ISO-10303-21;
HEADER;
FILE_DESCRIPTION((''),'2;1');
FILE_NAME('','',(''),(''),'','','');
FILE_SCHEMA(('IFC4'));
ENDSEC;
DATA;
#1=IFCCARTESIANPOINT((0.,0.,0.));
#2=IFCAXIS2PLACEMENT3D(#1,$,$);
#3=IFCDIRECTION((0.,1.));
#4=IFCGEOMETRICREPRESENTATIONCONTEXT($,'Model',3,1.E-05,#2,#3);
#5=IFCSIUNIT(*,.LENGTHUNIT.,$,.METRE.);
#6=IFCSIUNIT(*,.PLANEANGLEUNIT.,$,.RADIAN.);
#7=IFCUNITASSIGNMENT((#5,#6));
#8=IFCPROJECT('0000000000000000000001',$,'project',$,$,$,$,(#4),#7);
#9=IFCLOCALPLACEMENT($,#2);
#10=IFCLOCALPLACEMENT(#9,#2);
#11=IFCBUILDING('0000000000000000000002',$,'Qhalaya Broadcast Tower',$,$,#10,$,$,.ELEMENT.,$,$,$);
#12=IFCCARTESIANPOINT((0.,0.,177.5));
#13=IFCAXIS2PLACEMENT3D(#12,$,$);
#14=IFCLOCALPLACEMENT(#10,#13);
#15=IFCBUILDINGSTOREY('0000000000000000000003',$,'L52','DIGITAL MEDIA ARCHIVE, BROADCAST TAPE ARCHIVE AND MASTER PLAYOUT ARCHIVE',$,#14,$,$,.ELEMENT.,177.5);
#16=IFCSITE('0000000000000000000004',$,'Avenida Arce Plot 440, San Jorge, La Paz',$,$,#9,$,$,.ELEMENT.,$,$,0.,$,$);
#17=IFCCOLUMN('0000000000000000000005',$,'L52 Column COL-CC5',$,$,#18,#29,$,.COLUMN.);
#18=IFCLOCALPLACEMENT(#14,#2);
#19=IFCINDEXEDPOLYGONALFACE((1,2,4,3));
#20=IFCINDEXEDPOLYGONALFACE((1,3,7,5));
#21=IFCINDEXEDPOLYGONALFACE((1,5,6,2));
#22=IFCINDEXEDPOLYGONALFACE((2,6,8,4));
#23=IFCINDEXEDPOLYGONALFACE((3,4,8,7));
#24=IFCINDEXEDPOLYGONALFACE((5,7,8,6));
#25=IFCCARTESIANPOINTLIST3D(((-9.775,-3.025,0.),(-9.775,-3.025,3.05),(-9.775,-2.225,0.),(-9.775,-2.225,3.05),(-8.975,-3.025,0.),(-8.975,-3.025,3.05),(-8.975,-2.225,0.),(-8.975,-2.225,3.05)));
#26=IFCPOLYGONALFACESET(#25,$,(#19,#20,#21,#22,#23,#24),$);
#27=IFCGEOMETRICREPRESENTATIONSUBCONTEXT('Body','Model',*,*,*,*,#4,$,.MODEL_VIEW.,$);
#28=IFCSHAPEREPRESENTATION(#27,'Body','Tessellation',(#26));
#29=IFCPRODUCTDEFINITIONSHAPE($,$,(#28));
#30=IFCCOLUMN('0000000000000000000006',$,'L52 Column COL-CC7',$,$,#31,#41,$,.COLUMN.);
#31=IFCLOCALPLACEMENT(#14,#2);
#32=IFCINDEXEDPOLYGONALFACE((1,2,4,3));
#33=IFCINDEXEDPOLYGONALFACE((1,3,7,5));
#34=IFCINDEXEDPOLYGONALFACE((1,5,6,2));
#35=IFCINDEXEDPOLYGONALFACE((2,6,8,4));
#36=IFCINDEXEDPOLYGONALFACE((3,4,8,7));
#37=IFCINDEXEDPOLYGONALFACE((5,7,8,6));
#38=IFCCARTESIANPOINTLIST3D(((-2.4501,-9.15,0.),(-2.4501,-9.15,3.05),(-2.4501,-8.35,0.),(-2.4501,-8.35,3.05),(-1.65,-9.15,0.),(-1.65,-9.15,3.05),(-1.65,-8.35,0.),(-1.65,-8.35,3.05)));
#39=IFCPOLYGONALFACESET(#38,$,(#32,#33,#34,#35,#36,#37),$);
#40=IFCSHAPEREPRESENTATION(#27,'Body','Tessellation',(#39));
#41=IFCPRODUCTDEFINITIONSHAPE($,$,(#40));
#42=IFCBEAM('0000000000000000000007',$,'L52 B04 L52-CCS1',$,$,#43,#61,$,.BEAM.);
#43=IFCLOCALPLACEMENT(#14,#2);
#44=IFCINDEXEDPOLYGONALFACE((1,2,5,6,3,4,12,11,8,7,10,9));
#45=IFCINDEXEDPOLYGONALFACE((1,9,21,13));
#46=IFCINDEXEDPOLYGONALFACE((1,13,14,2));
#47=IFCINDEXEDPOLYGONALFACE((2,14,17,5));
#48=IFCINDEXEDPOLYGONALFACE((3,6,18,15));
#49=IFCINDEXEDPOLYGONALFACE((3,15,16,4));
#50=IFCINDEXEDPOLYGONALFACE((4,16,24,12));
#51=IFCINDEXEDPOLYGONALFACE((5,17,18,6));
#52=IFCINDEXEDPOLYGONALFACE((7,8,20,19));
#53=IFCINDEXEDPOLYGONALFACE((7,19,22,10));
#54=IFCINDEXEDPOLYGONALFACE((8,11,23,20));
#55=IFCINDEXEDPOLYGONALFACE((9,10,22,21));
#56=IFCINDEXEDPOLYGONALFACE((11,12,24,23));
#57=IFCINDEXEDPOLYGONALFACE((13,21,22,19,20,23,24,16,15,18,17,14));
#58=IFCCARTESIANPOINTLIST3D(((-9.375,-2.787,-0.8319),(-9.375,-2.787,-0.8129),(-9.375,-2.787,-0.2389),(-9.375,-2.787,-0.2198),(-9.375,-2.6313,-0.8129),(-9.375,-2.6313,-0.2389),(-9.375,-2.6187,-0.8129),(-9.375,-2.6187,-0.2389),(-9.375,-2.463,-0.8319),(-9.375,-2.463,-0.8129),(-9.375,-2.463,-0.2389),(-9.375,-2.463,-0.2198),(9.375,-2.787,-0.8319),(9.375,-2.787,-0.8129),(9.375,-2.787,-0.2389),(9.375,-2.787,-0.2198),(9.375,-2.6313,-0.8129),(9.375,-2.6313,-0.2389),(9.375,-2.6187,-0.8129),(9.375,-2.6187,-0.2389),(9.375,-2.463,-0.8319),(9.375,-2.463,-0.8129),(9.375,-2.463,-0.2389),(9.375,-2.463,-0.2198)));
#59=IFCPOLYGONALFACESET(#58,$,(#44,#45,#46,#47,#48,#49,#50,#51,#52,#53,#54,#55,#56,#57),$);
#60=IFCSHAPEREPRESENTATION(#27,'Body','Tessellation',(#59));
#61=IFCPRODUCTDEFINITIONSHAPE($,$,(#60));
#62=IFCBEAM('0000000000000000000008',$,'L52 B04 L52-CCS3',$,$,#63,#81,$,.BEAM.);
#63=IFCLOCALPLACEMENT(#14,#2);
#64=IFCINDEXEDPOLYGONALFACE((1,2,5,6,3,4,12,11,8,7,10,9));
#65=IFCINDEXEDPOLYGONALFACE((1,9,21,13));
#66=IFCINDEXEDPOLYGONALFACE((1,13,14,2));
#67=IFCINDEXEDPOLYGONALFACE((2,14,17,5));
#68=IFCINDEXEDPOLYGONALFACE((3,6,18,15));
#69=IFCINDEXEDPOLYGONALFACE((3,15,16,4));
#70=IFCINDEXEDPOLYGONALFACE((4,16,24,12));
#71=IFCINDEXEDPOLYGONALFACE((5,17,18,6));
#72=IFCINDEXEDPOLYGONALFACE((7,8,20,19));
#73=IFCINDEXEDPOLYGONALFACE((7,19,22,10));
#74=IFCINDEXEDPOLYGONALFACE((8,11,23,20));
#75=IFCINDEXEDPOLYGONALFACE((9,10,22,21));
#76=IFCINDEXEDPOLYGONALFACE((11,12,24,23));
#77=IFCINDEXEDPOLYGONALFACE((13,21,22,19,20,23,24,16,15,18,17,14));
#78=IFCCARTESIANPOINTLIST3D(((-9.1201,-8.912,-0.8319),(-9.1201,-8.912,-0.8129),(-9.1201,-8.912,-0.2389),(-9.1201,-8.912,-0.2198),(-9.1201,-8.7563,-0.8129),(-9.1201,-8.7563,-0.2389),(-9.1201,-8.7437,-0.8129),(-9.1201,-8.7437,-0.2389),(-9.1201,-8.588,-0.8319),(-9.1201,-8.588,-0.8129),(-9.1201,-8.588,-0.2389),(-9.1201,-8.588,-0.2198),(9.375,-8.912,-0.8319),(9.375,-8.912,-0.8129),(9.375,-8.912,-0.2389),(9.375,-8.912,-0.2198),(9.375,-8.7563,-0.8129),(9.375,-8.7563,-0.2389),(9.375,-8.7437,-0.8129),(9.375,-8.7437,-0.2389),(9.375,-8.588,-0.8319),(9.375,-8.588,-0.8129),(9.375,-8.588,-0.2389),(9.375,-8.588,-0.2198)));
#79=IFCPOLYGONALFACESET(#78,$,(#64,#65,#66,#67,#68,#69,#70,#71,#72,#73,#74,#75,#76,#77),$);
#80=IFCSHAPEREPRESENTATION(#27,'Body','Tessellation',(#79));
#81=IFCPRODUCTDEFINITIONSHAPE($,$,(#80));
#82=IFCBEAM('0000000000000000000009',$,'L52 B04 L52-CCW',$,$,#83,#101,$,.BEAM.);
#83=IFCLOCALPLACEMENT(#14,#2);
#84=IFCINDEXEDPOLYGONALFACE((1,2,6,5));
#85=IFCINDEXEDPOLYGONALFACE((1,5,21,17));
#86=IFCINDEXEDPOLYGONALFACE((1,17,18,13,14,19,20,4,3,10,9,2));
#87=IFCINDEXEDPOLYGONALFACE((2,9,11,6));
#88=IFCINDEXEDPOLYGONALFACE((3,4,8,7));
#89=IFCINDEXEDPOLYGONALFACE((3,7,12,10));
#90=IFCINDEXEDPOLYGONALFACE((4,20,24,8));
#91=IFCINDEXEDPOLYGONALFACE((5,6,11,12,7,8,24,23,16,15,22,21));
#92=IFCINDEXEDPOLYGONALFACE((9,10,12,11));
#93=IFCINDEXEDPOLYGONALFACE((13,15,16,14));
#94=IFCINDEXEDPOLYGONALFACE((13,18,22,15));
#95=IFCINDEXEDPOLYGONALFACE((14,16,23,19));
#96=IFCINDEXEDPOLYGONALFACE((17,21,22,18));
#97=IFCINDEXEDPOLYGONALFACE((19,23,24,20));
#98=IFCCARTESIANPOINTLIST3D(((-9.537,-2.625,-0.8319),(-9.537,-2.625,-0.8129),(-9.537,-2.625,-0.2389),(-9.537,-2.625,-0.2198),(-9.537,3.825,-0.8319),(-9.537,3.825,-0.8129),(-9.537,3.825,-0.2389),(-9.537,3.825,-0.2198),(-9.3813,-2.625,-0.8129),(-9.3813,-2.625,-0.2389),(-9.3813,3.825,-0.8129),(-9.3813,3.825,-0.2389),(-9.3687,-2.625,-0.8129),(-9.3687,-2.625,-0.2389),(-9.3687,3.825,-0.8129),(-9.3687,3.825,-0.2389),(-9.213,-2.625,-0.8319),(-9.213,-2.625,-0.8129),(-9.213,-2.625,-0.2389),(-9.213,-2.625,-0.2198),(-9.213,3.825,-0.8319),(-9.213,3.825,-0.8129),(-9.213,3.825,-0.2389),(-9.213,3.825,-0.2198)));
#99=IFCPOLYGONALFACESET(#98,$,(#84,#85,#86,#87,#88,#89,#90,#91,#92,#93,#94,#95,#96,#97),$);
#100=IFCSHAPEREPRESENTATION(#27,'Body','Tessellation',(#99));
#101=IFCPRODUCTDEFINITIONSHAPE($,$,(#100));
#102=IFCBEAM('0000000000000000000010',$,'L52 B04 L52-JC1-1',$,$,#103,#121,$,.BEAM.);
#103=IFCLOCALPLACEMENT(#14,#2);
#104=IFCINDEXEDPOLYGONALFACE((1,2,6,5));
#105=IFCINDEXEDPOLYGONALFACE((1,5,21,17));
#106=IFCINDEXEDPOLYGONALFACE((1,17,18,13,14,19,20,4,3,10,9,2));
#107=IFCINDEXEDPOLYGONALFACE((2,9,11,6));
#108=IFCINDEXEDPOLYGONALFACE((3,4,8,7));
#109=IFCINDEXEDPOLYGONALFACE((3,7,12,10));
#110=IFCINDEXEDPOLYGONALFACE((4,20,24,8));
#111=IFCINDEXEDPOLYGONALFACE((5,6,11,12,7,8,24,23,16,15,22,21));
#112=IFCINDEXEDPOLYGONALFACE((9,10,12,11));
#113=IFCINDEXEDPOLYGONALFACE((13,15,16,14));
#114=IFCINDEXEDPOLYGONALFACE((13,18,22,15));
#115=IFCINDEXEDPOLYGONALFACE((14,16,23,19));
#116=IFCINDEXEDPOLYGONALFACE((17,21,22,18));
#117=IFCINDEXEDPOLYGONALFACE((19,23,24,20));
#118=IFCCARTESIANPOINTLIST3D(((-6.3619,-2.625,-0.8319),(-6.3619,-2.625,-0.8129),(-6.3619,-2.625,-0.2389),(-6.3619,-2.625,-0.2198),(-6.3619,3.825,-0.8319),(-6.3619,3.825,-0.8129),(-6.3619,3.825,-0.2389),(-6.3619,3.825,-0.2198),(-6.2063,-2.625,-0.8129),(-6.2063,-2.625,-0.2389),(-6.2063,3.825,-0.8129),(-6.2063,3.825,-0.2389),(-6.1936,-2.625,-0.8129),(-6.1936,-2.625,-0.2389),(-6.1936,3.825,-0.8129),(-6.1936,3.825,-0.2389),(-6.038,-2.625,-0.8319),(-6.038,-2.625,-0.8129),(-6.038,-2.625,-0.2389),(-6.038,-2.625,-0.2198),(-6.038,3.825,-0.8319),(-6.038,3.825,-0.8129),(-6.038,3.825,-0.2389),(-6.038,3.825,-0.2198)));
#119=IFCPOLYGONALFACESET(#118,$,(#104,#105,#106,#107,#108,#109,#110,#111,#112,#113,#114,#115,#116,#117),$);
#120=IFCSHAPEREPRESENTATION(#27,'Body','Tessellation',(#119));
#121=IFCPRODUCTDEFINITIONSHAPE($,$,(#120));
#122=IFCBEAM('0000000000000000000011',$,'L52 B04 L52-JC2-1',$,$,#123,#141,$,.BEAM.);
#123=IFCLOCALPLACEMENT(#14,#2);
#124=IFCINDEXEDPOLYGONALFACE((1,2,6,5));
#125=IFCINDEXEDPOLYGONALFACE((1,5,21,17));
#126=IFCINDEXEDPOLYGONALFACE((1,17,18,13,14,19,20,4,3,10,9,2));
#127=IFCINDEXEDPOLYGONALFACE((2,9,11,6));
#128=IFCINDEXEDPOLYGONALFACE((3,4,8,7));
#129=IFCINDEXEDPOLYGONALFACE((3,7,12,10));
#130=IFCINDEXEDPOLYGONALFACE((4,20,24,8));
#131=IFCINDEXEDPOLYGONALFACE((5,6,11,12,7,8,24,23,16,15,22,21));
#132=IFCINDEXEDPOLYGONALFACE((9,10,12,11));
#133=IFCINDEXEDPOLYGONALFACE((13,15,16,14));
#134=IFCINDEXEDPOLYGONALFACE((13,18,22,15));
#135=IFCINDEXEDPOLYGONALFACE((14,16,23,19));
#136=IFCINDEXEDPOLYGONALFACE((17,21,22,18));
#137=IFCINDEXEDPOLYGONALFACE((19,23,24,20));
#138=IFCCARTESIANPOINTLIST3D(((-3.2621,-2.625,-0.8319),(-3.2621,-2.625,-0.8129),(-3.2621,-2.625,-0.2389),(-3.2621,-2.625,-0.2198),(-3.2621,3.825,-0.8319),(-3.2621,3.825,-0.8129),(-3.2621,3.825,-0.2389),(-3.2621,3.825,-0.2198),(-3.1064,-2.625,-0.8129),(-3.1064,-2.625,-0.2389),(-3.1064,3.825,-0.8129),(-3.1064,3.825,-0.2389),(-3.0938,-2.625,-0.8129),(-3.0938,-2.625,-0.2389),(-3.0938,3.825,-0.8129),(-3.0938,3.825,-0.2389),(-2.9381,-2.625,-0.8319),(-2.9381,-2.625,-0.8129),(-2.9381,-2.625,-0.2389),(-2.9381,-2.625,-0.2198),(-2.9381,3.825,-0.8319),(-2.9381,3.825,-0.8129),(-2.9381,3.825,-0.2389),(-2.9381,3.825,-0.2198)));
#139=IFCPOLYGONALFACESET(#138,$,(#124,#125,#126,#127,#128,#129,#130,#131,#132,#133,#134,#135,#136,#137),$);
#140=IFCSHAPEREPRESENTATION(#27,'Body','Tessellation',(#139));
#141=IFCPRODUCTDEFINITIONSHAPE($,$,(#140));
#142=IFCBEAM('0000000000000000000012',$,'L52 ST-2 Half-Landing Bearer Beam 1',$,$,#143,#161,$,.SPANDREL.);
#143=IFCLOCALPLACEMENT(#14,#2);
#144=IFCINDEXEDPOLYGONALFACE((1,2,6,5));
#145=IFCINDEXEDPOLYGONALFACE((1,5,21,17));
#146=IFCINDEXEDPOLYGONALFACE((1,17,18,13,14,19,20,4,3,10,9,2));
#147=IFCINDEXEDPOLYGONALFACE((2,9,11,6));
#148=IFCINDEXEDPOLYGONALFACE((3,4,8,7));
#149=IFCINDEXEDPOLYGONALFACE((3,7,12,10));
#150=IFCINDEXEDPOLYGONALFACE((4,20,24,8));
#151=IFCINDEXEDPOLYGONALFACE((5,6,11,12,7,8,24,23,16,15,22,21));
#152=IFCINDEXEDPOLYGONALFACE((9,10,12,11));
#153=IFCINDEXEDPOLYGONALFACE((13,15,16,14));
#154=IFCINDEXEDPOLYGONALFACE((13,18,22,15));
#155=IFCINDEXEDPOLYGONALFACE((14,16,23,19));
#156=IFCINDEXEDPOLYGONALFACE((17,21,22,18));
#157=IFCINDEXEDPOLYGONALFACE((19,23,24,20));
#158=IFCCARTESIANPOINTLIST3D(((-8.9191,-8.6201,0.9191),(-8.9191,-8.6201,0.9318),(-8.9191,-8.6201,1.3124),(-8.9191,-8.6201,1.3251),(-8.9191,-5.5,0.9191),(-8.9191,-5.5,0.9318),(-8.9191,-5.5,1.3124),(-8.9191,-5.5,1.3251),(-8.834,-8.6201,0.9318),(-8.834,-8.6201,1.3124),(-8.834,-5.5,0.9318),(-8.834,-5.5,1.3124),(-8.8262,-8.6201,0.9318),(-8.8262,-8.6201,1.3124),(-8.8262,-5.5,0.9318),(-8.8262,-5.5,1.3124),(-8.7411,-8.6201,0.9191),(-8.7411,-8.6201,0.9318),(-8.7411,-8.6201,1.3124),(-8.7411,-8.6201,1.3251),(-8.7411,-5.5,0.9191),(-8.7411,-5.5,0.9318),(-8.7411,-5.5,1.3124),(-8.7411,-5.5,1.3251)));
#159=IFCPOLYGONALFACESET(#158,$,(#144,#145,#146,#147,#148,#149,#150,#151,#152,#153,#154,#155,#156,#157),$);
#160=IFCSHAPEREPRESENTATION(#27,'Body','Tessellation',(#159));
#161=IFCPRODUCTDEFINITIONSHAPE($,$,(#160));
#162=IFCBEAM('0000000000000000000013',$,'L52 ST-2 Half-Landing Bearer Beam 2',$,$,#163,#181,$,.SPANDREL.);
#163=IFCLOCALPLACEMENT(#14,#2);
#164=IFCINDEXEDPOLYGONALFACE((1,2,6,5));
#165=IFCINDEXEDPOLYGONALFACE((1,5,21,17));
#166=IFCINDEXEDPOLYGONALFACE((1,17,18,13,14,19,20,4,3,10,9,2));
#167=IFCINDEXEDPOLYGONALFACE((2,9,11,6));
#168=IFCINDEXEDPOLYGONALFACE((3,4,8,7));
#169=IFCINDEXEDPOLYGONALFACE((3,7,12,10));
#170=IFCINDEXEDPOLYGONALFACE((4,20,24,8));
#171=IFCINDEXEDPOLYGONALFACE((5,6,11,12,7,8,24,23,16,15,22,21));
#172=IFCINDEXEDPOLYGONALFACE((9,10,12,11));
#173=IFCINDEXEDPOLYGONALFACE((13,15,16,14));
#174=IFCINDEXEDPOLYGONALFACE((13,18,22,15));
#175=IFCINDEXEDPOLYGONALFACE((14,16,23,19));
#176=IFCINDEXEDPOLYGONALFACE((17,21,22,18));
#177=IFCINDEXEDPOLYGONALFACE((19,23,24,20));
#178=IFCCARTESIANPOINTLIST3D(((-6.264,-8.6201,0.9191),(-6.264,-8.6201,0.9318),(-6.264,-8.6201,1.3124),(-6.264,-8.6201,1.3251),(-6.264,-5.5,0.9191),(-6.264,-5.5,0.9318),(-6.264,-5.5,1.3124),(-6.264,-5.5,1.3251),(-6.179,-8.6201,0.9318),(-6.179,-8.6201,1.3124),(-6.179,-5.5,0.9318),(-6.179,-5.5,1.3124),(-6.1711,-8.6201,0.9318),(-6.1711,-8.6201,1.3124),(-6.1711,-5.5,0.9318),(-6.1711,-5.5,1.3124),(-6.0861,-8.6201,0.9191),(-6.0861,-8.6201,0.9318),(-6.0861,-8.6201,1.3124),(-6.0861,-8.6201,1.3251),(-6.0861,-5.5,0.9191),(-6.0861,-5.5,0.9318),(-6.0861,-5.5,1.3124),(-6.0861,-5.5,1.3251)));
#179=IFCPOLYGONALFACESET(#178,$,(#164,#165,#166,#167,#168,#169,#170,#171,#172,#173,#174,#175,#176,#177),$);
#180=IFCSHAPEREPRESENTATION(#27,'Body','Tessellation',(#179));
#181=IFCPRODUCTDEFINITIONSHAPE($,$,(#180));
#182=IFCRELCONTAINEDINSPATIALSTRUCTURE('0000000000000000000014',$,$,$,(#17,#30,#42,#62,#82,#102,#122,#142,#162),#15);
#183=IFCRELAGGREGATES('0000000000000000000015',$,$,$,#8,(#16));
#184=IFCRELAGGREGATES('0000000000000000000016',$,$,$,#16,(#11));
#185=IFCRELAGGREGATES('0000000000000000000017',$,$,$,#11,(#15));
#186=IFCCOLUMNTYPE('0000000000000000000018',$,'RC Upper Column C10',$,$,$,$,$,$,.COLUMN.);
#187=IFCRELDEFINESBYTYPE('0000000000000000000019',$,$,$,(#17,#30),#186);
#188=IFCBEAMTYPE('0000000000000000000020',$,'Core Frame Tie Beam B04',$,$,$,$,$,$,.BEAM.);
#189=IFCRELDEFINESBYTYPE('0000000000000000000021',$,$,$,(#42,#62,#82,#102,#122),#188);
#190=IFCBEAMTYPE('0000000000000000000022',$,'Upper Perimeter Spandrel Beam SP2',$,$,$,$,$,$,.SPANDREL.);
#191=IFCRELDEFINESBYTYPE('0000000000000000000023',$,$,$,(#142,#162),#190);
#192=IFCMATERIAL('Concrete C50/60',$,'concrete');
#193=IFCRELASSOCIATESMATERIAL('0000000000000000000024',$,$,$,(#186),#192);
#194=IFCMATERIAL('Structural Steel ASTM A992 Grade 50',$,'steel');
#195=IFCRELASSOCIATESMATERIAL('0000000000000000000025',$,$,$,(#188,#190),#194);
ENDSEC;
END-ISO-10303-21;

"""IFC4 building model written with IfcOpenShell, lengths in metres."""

from ifc_helpers import new_model, si_unit, direction, frame, origin, origin_2d, place, context, subcontext, project, spatial, rectangle, i_section, extrude, material, material_profile, profile_set, type_object, element, save


model = new_model("IFC4")

# Units and contexts
model_context = context("Model", 3, precision=1e-05, world=origin(), true_north=direction((0.0, 1.0)))
body_context = subcontext(model_context, "Body", "Model", "MODEL_VIEW")
ifc_project = project(units=[si_unit("LENGTHUNIT", "METRE"), si_unit("PLANEANGLEUNIT", "RADIAN")], contexts=[model_context])

# Site, building, storey
site_placement = place(None, origin())
site = spatial("IfcSite", under=ifc_project, at=site_placement, Name="Avenida Arce Plot 440, San Jorge, La Paz", CompositionType="ELEMENT", RefElevation=0.0)
building_placement = place(site_placement, origin())
building = spatial("IfcBuilding", under=site, at=building_placement, Name="Qhalaya Broadcast Tower", CompositionType="ELEMENT")
storey_placement = place(building_placement, frame((0.0, 0.0, 177.5)))
storey = spatial("IfcBuildingStorey", under=building, at=storey_placement, Name="L52", Description="DIGITAL MEDIA ARCHIVE, BROADCAST TAPE ARCHIVE AND MASTER PLAYOUT ARCHIVE", CompositionType="ELEMENT", Elevation=177.5)

# Columns
ifc_material_1 = material(Name="Concrete C50/60", Category="concrete")
ifc_material_profile_1 = material_profile(ifc_material_1, rectangle(XDim=0.8, YDim=0.8, at=origin_2d()), Name="RC-COL 800x800")
ifc_profile_set_1 = profile_set([ifc_material_profile_1], Name="Concrete C50/60")
column_type = type_object("IfcColumnType", Name="RC Upper Column C10", PredefinedType="COLUMN", material=ifc_profile_set_1)
for number, where, z_axis, x_axis, name in (
    (1, (-9.375, -2.625, 0.0), (0.0, 0.0, 1.0), (1.0, 0.0, 0.0), "L52 Column COL-CC5"),
    (2, (-2.05, -8.75, 0.0), (0.0, 0.0, 1.0), (1.0, 0.0, 0.0), "L52 Column COL-CC7"),
):
    element("IfcColumn", number, at=place(storey_placement, frame(where, z_axis=z_axis, x_axis=x_axis)), inside=storey, type_object=column_type, Name=name, PredefinedType="COLUMN", context=body_context, shape_type="SweptSolid", body=[
        extrude(rectangle(XDim=0.8, YDim=0.8, at=origin_2d()), origin(), (0.0, 0.0, 1.0), 3.05),
    ])

# Beams
ifc_material_2 = material(Name="Structural Steel ASTM A992 Grade 50", Category="steel")
ifc_material_profile_2 = material_profile(ifc_material_2, i_section(OverallWidth=0.324, OverallDepth=0.6121, WebThickness=0.0127, FlangeThickness=0.019, at=origin_2d()), Name="W24X104")
ifc_profile_set_2 = profile_set([ifc_material_profile_2], Name="Structural Steel ASTM A992 Grade 50")
beam_type_1 = type_object("IfcBeamType", Name="Core Frame Tie Beam B04", PredefinedType="BEAM", material=ifc_profile_set_2)
beam_1_placement = place(storey_placement, frame((-9.375, -2.625, -0.5259), z_axis=(1.0, 0.0, 0.0), x_axis=(0.0, 1.0, 0.0)))
element("IfcBeam", 3, at=beam_1_placement, inside=storey, type_object=beam_type_1, Name="L52 B04 L52-CCS1", PredefinedType="BEAM", context=body_context, shape_type="SweptSolid", body=[
    extrude(i_section(OverallWidth=0.324, OverallDepth=0.6121, WebThickness=0.0127, FlangeThickness=0.019, at=origin_2d()), origin(), (0.0, 0.0, 1.0), 18.75),
])
beam_2_placement = place(storey_placement, frame((-9.1201, -8.75, -0.5259), z_axis=(1.0, 0.0, 0.0), x_axis=(0.0, 1.0, 0.0)))
element("IfcBeam", 4, at=beam_2_placement, inside=storey, type_object=beam_type_1, Name="L52 B04 L52-CCS3", PredefinedType="BEAM", context=body_context, shape_type="SweptSolid", body=[
    extrude(i_section(OverallWidth=0.324, OverallDepth=0.6121, WebThickness=0.0127, FlangeThickness=0.019, at=origin_2d()), origin(), (0.0, 0.0, 1.0), 18.4951),
])
for number, where, z_axis, x_axis, name in (
    (5, (-9.375, -2.625, -0.5259), (0.0, 1.0, 0.0), (-1.0, 0.0, 0.0), "L52 B04 L52-CCW"),
    (6, (-6.2, -2.625, -0.5259), (0.0, 1.0, 0.0), (-1.0, 0.0, 0.0), "L52 B04 L52-JC1-1"),
    (7, (-3.1001, -2.625, -0.5259), (0.0, 1.0, 0.0), (-1.0, 0.0, 0.0), "L52 B04 L52-JC2-1"),
):
    element("IfcBeam", number, at=place(storey_placement, frame(where, z_axis=z_axis, x_axis=x_axis)), inside=storey, type_object=beam_type_1, Name=name, PredefinedType="BEAM", context=body_context, shape_type="SweptSolid", body=[
        extrude(i_section(OverallWidth=0.324, OverallDepth=0.6121, WebThickness=0.0127, FlangeThickness=0.019, at=origin_2d()), origin(), (0.0, 0.0, 1.0), 6.45),
    ])
ifc_material_profile_3 = material_profile(ifc_material_2, i_section(OverallWidth=0.178, OverallDepth=0.406, WebThickness=0.0078, FlangeThickness=0.0127, at=origin_2d()), Name="W16X40")
ifc_profile_set_3 = profile_set([ifc_material_profile_3], Name="Structural Steel ASTM A992 Grade 50")
beam_type_2 = type_object("IfcBeamType", Name="Upper Perimeter Spandrel Beam SP2", PredefinedType="SPANDREL", material=ifc_profile_set_3)
for number, where, z_axis, x_axis, name in (
    (8, (-8.8301, -8.6201, 1.1221), (0.0, 1.0, 0.0), (-1.0, 0.0, 0.0), "L52 ST-2 Half-Landing Bearer Beam 1"),
    (9, (-6.175, -8.6201, 1.1221), (0.0, 1.0, 0.0), (-1.0, 0.0, 0.0), "L52 ST-2 Half-Landing Bearer Beam 2"),
):
    element("IfcBeam", number, at=place(storey_placement, frame(where, z_axis=z_axis, x_axis=x_axis)), inside=storey, type_object=beam_type_2, Name=name, PredefinedType="SPANDREL", context=body_context, shape_type="SweptSolid", body=[
        extrude(i_section(OverallWidth=0.178, OverallDepth=0.406, WebThickness=0.0078, FlangeThickness=0.0127, at=origin_2d()), origin(), (0.0, 0.0, 1.0), 3.1201),
    ])

save(model, "model.ifc")
